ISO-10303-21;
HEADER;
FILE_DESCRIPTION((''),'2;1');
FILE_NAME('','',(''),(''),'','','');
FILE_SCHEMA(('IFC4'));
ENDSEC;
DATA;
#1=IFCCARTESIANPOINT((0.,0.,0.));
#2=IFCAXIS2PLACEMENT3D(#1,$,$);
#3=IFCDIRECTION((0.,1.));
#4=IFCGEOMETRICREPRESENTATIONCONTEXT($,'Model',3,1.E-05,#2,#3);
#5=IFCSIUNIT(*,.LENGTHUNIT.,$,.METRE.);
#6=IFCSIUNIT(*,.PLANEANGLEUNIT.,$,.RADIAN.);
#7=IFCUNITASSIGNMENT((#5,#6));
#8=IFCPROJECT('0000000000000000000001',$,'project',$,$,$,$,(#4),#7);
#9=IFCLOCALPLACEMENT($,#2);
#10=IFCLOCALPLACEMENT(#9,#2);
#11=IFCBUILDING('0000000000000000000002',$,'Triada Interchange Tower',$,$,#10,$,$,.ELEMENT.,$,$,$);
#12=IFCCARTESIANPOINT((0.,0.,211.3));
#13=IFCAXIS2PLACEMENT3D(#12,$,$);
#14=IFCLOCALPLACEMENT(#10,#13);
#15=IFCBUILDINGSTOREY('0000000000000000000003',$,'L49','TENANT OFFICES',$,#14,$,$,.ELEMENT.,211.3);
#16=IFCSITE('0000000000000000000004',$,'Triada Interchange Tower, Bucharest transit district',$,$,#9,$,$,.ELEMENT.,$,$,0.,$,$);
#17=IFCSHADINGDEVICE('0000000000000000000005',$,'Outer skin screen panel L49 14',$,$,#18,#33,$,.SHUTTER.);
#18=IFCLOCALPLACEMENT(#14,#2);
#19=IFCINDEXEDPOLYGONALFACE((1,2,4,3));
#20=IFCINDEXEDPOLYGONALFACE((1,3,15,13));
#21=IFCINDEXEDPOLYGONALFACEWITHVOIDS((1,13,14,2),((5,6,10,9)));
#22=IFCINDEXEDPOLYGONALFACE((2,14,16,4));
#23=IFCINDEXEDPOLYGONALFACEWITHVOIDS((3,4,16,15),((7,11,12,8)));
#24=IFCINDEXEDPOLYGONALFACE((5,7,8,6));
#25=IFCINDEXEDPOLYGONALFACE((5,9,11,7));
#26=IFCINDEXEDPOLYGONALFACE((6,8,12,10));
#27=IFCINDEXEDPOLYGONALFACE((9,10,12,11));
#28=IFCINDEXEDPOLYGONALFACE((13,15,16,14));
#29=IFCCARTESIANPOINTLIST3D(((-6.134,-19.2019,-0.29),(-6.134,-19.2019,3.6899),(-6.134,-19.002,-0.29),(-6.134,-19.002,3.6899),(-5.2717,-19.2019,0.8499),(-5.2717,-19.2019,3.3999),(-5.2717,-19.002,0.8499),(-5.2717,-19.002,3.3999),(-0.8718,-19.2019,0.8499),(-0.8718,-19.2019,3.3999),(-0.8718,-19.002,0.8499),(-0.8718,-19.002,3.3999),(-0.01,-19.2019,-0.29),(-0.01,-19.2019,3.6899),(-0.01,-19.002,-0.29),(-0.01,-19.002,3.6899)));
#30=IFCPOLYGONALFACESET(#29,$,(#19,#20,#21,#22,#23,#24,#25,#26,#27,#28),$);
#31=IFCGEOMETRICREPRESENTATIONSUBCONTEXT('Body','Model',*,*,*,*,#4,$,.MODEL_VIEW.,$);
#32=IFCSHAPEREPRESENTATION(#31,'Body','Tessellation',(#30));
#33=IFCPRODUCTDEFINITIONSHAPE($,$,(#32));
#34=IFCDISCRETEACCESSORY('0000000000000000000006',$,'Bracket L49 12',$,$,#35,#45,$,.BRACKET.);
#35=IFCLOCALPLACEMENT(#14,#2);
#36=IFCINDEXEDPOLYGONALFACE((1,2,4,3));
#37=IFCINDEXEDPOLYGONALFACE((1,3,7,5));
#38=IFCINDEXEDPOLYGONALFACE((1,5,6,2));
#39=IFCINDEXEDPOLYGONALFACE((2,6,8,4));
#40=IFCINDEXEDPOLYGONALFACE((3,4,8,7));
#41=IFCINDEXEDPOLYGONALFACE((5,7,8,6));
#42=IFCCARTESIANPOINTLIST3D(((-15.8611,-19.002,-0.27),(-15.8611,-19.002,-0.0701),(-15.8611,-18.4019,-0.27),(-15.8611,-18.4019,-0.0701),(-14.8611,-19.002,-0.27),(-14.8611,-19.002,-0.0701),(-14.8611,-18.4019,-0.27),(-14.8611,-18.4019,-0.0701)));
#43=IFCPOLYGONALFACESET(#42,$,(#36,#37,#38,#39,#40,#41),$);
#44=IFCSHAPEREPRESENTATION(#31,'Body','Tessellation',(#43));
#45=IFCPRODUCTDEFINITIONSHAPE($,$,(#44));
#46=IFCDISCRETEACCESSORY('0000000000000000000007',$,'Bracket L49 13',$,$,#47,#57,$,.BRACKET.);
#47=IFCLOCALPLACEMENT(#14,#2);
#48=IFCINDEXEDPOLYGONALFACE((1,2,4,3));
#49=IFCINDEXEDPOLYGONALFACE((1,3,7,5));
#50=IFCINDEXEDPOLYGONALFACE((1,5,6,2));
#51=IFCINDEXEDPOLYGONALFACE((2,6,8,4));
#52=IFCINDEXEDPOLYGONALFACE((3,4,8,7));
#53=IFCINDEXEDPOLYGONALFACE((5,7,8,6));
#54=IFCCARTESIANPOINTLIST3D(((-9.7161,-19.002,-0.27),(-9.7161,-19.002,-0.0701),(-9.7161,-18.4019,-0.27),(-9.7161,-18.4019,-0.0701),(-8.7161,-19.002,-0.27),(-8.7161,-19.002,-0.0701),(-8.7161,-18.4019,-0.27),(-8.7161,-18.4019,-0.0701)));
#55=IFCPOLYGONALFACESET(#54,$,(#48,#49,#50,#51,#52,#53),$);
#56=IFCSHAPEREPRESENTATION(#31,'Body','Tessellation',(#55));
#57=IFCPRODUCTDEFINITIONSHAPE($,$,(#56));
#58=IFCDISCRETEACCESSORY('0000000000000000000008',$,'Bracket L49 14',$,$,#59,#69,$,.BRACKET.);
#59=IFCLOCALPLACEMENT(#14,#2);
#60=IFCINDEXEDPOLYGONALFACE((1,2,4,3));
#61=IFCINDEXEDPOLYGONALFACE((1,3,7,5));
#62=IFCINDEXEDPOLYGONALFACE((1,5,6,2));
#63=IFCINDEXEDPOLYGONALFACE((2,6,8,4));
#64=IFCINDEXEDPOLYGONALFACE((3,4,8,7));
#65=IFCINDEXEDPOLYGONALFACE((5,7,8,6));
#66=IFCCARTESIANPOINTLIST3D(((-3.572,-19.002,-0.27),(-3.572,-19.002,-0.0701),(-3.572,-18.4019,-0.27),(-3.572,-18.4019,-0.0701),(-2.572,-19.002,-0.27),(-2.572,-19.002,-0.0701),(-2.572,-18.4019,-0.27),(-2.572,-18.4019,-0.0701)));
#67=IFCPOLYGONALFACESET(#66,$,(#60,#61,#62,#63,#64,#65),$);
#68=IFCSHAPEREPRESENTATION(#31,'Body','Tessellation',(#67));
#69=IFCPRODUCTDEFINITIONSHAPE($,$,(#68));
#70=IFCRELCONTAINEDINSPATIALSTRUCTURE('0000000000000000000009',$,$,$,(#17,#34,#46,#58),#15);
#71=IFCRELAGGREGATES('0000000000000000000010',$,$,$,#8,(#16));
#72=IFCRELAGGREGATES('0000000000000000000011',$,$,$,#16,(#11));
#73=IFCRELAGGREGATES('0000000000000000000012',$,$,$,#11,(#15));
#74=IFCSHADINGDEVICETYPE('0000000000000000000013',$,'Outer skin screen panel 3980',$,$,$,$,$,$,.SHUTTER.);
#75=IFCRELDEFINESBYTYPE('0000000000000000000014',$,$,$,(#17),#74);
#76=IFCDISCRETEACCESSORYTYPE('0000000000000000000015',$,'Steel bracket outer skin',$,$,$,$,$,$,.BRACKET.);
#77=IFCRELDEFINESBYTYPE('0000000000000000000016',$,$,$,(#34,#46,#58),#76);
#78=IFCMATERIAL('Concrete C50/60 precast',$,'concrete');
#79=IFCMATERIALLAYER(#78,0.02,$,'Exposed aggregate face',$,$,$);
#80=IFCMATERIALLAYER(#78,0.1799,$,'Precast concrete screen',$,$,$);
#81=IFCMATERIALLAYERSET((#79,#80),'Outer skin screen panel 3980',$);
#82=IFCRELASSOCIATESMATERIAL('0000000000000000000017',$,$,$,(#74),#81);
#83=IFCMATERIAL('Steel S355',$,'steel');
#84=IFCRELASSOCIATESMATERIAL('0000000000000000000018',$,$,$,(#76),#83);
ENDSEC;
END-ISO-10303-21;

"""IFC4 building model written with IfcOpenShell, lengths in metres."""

from ifc_helpers import new_model, si_unit, direction, frame, origin, origin_2d, place, context, subcontext, project, spatial, polyline, rectangle, outline, extrude, material, layer, layer_set, type_object, element, save


model = new_model("IFC4")

# Units and contexts
model_context = context("Model", 3, precision=1e-05, world=origin(), true_north=direction((0.0, 1.0)))
body_context = subcontext(model_context, "Body", "Model", "MODEL_VIEW")
ifc_project = project(units=[si_unit("LENGTHUNIT", "METRE"), si_unit("PLANEANGLEUNIT", "RADIAN")], contexts=[model_context])

# Site, building, storey
site_placement = place(None, origin())
site = spatial("IfcSite", under=ifc_project, at=site_placement, Name="Triada Interchange Tower, Bucharest transit district", CompositionType="ELEMENT", RefElevation=0.0)
building_placement = place(site_placement, origin())
building = spatial("IfcBuilding", under=site, at=building_placement, Name="Triada Interchange Tower", CompositionType="ELEMENT")
storey_placement = place(building_placement, frame((0.0, 0.0, 211.3)))
storey = spatial("IfcBuildingStorey", under=building, at=storey_placement, Name="L49", Description="TENANT OFFICES", CompositionType="ELEMENT", Elevation=211.3)

# Shading device
ifc_material_1 = material(Name="Concrete C50/60 precast", Category="concrete")
ifc_layer_1 = layer(ifc_material_1, 0.02, Name="Exposed aggregate face")
ifc_layer_2 = layer(ifc_material_1, 0.1799, Name="Precast concrete screen")
ifc_layer_set_1 = layer_set([ifc_layer_1, ifc_layer_2], Name="Outer skin screen panel 3980")
shading_device_type = type_object("IfcShadingDeviceType", Name="Outer skin screen panel 3980", PredefinedType="SHUTTER", material=ifc_layer_set_1)
shading_device_1_placement = place(storey_placement, frame((-6.134, -19.002, -0.29), z_axis=(0.0, 0.0, 1.0), x_axis=(1.0, 0.0, 0.0)))
element("IfcShadingDevice", 1, at=shading_device_1_placement, inside=storey, type_object=shading_device_type, Name="Outer skin screen panel L49 14", PredefinedType="SHUTTER", context=body_context, shape_type="SweptSolid", body=[
    extrude(outline(polyline([(0.0, 0.0), (6.124, 0.0), (6.124, 3.98), (0.0, 3.98), (0.0, 0.0)]), holes=[polyline([(0.8623, 1.1399), (0.8623, 3.6899), (5.2622, 3.6899), (5.2622, 1.1399), (0.8623, 1.1399)])]), frame((0.0, 0.0, 0.0), z_axis=(0.0, -1.0, 0.0), x_axis=(1.0, 0.0, 0.0)), (0.0, 0.0, 1.0), 0.2),
])

# Discrete accessories
ifc_material_2 = material(Name="Steel S355", Category="steel")
discrete_accessory_type = type_object("IfcDiscreteAccessoryType", Name="Steel bracket outer skin", PredefinedType="BRACKET", material=ifc_material_2)
for number, where, z_axis, x_axis, name in (
    (2, (-15.3611, -18.7019, -0.27), (0.0, 0.0, 1.0), (0.0, -1.0, 0.0), "Bracket L49 12"),
    (3, (-9.2161, -18.7019, -0.27), (0.0, 0.0, 1.0), (0.0, -1.0, 0.0), "Bracket L49 13"),
    (4, (-3.072, -18.7019, -0.27), (0.0, 0.0, 1.0), (0.0, -1.0, 0.0), "Bracket L49 14"),
):
    element("IfcDiscreteAccessory", number, at=place(storey_placement, frame(where, z_axis=z_axis, x_axis=x_axis)), inside=storey, type_object=discrete_accessory_type, Name=name, PredefinedType="BRACKET", context=body_context, shape_type="SweptSolid", body=[
        extrude(rectangle(XDim=0.6001, YDim=1.0, at=origin_2d()), origin(), (0.0, 0.0, 1.0), 0.2),
    ])

save(model, "model.ifc")
